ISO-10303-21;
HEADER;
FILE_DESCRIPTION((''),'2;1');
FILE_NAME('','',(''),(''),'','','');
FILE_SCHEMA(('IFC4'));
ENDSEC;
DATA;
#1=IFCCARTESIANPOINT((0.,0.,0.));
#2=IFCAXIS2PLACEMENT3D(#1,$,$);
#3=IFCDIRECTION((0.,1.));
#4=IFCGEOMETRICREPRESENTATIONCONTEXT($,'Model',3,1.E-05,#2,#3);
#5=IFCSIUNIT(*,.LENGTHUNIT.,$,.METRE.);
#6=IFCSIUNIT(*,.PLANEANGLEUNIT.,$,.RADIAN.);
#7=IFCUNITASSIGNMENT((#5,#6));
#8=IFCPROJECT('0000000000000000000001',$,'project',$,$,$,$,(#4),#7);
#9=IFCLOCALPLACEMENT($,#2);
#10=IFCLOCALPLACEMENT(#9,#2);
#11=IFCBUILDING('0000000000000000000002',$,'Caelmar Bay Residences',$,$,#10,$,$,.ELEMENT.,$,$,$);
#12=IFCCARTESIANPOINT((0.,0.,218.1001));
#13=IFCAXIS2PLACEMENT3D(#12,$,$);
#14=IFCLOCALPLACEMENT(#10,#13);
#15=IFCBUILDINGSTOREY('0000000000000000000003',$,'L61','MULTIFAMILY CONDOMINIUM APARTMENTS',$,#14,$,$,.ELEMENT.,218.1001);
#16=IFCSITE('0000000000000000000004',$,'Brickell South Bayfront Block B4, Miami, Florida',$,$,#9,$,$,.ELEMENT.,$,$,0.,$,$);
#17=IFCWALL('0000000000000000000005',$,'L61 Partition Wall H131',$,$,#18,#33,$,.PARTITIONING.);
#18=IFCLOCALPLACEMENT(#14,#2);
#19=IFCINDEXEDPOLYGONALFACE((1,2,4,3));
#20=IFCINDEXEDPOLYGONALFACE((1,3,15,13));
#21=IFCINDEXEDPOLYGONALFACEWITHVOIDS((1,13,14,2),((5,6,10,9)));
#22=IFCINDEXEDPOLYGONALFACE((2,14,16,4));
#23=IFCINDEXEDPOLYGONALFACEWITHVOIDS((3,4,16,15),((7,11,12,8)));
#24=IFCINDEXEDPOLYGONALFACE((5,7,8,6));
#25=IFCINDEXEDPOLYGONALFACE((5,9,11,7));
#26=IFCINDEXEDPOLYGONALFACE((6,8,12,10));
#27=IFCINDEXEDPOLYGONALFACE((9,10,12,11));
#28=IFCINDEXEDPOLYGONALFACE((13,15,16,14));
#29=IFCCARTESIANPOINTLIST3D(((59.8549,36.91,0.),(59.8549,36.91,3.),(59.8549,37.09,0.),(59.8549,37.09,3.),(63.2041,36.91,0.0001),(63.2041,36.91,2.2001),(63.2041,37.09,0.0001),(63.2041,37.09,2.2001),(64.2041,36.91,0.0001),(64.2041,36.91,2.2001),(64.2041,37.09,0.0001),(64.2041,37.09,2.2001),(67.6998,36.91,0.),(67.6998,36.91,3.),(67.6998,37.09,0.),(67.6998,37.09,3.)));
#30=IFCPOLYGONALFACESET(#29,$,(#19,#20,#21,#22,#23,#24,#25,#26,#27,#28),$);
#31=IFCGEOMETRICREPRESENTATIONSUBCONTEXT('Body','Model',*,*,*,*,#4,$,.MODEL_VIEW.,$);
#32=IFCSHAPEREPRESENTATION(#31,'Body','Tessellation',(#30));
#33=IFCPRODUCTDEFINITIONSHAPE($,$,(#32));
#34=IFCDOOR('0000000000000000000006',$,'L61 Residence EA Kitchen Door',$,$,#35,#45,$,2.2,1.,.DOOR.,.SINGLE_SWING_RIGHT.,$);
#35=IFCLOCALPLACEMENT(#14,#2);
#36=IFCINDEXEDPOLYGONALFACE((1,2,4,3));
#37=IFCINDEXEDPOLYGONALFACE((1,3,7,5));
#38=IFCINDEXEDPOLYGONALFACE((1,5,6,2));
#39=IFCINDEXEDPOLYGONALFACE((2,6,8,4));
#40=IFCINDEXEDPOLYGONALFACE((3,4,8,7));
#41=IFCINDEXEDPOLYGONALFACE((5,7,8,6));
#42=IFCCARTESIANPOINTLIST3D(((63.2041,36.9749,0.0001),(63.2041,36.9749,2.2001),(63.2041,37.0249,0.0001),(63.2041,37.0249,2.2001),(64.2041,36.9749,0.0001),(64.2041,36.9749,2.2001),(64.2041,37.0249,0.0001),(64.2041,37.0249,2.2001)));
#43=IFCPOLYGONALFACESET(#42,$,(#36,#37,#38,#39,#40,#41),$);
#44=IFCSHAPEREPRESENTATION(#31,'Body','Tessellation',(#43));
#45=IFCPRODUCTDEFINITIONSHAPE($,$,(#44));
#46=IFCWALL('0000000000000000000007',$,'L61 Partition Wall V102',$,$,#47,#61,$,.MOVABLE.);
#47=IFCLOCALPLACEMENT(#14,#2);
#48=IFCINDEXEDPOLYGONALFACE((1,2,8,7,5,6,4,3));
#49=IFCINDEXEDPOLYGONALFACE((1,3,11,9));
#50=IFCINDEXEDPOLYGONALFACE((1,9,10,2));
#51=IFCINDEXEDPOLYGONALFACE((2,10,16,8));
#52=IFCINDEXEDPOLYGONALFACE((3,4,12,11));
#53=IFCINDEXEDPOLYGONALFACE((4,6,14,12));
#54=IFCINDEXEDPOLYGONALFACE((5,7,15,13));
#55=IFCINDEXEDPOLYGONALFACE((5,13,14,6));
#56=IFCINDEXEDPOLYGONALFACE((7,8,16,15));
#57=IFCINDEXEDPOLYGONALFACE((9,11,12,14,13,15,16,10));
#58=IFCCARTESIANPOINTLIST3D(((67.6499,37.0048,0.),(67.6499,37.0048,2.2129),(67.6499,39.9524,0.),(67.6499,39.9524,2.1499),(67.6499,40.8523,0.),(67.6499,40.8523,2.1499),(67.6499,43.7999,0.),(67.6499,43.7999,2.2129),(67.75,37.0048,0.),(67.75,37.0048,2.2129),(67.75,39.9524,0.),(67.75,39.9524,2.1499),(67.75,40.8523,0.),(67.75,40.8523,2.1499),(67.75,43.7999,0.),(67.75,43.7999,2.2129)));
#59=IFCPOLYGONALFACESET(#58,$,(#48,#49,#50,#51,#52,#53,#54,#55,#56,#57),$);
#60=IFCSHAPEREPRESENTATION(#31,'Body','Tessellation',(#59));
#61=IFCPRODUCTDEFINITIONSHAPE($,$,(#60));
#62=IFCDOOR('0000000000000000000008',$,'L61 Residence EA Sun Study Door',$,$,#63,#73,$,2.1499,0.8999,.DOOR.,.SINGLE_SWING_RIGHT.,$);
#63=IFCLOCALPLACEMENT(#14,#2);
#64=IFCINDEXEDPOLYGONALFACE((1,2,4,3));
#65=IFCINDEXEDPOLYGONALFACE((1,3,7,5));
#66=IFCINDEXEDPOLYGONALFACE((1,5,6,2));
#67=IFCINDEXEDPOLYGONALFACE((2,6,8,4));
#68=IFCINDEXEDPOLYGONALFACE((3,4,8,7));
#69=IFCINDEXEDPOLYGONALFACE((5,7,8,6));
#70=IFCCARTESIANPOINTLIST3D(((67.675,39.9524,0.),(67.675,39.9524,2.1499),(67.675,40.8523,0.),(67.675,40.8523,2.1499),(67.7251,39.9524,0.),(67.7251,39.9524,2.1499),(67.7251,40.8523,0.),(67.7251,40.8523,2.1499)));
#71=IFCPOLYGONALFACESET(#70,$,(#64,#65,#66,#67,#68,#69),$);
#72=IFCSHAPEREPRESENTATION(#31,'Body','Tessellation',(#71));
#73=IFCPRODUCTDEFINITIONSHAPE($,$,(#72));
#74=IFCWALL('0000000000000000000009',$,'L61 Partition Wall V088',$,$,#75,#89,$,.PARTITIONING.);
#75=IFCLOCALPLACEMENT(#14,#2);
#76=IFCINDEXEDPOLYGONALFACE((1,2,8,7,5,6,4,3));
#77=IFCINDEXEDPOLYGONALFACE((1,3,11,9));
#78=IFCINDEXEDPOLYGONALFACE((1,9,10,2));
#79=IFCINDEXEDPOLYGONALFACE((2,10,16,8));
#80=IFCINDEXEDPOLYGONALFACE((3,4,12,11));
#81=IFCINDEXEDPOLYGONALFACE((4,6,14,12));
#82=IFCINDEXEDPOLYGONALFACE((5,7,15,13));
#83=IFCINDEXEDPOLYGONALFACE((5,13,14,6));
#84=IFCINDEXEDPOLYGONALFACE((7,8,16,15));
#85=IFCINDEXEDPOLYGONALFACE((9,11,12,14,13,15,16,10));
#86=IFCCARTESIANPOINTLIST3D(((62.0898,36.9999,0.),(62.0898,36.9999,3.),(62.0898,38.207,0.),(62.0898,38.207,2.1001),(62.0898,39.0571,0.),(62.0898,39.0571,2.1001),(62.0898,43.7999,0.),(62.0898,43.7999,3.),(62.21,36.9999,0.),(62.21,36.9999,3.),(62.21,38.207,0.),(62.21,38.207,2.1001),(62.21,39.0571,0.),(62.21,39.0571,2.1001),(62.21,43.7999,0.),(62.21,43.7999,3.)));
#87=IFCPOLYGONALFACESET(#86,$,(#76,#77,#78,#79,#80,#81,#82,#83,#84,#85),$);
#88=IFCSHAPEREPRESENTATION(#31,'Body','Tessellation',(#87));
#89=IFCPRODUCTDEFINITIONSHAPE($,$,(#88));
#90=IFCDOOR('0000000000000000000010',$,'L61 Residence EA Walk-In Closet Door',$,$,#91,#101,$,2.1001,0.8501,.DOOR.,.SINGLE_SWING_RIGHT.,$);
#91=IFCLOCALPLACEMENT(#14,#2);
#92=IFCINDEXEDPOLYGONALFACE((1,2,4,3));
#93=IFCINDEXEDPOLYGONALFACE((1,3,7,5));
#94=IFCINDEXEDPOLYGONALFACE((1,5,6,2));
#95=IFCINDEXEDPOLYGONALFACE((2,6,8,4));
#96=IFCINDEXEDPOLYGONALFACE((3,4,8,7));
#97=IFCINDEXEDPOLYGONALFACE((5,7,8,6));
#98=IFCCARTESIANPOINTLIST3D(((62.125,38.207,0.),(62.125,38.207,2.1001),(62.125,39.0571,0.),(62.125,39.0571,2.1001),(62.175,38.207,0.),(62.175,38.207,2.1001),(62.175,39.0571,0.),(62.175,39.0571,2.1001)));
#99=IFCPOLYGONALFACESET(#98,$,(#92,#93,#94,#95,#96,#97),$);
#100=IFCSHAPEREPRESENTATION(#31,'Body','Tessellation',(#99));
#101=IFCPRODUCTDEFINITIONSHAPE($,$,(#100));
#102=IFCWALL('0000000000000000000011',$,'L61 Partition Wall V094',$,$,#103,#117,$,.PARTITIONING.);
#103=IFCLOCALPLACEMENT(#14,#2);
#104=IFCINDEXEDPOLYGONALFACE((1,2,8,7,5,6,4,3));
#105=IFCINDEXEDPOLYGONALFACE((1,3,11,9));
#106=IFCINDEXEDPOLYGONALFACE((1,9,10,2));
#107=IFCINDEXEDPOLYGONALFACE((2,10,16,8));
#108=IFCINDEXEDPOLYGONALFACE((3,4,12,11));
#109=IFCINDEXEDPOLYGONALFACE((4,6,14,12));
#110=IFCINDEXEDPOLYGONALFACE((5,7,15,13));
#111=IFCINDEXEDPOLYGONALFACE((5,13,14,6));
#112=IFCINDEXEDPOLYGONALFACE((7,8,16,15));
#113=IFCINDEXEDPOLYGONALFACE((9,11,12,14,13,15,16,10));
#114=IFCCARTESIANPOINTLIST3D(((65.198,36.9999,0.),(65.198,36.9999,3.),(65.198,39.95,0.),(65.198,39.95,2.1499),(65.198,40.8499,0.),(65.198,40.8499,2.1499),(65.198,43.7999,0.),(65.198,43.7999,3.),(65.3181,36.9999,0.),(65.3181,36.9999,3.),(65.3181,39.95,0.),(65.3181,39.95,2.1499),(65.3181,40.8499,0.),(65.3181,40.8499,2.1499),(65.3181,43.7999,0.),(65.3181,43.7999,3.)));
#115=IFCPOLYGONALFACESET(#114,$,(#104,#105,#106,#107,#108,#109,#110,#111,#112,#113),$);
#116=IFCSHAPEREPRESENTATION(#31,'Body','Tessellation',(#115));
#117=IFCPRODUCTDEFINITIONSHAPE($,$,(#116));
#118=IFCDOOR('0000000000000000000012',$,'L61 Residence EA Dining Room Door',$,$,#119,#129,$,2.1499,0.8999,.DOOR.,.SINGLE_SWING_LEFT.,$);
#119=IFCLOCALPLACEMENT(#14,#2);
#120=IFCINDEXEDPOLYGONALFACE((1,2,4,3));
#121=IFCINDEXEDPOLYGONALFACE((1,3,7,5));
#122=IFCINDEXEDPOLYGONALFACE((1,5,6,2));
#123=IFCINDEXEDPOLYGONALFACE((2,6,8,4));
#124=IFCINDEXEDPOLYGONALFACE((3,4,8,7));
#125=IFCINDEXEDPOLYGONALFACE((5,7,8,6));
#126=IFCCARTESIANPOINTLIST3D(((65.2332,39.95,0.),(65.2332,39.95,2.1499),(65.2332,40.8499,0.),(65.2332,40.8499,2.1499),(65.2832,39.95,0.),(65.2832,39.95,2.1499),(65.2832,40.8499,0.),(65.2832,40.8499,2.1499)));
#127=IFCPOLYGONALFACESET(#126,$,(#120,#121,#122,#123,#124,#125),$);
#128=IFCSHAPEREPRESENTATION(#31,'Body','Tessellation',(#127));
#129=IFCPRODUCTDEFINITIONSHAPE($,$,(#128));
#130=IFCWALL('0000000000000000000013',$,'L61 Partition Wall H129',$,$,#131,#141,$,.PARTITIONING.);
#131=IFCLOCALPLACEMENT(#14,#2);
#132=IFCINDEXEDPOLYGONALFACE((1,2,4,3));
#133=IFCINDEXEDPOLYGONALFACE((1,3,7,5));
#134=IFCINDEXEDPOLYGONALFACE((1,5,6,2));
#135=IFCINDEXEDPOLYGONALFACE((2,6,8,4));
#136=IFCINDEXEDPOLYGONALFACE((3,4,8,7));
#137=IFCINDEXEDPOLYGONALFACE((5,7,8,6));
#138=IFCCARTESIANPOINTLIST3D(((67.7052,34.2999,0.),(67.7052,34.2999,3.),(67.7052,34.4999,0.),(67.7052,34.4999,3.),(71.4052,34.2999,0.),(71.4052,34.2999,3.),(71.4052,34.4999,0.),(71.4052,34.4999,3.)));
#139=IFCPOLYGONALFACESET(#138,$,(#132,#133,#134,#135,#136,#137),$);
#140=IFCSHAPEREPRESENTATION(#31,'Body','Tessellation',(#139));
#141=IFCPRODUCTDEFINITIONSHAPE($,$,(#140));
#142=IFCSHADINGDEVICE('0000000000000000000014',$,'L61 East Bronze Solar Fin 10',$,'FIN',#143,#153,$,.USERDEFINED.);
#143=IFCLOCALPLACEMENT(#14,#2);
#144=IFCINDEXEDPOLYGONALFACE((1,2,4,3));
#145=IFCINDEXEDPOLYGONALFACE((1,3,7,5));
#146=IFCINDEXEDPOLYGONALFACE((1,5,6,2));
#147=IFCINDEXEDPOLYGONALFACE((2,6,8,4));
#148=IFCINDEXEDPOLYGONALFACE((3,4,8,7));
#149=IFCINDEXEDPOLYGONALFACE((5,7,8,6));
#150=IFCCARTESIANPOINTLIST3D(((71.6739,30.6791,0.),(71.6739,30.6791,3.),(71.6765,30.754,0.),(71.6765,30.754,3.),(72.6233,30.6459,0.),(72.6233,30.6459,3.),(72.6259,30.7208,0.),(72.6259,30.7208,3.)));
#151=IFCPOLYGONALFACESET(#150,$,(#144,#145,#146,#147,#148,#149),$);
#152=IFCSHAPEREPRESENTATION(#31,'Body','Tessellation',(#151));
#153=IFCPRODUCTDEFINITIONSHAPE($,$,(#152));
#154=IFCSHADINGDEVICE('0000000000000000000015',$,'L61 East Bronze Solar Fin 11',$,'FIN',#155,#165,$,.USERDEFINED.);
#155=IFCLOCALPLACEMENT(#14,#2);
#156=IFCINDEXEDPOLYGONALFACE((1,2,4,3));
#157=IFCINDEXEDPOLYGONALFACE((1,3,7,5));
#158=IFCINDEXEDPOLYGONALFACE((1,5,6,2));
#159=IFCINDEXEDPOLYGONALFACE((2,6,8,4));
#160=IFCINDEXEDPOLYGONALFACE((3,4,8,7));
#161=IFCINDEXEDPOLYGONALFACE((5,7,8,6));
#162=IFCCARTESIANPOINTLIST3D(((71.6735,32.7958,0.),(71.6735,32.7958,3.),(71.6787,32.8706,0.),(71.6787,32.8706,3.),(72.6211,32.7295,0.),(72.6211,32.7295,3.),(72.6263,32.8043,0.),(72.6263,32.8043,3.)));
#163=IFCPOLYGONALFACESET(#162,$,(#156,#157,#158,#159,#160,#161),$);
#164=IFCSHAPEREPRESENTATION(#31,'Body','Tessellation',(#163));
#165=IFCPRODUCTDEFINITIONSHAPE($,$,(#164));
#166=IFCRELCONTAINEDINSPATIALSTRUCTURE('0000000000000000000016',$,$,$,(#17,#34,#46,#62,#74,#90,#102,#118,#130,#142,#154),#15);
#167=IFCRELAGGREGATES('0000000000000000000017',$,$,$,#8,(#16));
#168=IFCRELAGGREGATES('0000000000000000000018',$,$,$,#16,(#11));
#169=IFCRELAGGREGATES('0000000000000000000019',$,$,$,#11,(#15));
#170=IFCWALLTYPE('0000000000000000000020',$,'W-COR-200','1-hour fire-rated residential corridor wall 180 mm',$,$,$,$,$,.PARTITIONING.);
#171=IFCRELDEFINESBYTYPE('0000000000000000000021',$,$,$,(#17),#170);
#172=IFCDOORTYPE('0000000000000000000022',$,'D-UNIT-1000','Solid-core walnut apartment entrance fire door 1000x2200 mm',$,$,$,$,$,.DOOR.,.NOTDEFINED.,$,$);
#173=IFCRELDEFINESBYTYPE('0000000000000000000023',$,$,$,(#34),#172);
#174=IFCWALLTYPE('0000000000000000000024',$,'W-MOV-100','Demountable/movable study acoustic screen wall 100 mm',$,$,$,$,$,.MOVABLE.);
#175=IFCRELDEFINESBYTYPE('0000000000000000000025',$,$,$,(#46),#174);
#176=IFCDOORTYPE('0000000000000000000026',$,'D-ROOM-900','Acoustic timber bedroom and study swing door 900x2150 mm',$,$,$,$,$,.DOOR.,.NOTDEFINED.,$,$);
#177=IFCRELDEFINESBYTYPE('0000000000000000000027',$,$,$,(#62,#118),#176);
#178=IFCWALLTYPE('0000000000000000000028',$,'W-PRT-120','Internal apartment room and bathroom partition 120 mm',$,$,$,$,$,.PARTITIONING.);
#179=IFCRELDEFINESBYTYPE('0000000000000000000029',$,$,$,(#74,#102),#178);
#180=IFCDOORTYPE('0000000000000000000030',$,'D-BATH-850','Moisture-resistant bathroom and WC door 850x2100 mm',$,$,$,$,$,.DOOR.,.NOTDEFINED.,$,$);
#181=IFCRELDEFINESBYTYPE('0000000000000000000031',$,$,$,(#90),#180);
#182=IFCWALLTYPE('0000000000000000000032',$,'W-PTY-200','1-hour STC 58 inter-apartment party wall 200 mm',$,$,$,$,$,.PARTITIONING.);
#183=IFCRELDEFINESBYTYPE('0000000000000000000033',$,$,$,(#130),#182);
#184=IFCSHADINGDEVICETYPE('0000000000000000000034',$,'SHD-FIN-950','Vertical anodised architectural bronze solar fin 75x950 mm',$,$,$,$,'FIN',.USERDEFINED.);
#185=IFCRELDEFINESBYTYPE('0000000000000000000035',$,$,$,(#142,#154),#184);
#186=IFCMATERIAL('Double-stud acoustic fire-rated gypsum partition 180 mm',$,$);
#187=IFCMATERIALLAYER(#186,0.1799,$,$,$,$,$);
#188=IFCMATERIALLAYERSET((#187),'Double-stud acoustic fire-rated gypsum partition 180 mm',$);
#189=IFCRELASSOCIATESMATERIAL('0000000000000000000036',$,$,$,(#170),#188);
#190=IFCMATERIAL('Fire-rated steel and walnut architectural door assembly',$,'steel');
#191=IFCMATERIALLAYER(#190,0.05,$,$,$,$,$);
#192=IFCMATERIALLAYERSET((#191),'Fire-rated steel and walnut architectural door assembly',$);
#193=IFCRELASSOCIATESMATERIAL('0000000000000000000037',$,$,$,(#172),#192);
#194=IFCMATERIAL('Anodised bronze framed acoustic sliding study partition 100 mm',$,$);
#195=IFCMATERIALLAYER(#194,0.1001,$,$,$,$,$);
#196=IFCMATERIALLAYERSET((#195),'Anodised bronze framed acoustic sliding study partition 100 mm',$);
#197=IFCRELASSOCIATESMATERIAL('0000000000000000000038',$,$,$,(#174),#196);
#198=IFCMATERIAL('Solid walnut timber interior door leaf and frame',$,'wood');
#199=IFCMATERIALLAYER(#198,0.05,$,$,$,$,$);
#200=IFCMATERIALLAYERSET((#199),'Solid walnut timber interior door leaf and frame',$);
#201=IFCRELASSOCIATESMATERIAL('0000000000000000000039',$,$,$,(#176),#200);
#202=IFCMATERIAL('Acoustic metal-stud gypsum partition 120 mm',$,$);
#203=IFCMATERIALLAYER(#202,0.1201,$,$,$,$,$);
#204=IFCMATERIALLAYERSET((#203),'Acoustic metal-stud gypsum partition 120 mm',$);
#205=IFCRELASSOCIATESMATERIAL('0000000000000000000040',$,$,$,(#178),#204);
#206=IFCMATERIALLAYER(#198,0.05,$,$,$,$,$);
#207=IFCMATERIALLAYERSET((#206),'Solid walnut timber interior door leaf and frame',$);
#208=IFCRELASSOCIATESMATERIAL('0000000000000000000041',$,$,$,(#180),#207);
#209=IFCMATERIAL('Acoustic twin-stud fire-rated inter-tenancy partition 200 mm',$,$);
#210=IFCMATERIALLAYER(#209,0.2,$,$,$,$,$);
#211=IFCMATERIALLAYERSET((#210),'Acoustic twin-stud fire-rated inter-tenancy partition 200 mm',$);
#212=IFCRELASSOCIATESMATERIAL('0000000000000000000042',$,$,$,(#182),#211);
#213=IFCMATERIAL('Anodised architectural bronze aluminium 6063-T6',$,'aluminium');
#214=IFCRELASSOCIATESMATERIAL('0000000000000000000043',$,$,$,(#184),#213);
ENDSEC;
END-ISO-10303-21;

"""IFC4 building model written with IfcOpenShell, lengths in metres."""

from ifc_helpers import new_model, si_unit, direction, frame, frame_2d, origin, origin_2d, place, context, subcontext, project, spatial, rectangle, extrude, material, layer, layer_set, material_profile, profile_set, type_object, element, fill, save


model = new_model("IFC4")

# Units and contexts
model_context = context("Model", 3, precision=1e-05, world=origin(), true_north=direction((0.0, 1.0)))
body_context = subcontext(model_context, "Body", "Model", "MODEL_VIEW")
ifc_project = project(units=[si_unit("LENGTHUNIT", "METRE"), si_unit("PLANEANGLEUNIT", "RADIAN")], contexts=[model_context])

# Site, building, storey
site_placement = place(None, origin())
site = spatial("IfcSite", under=ifc_project, at=site_placement, Name="Brickell South Bayfront Block B4, Miami, Florida", CompositionType="ELEMENT", RefElevation=0.0)
building_placement = place(site_placement, origin())
building = spatial("IfcBuilding", under=site, at=building_placement, Name="Caelmar Bay Residences", CompositionType="ELEMENT")
storey_placement = place(building_placement, frame((0.0, 0.0, 218.1001)))
storey = spatial("IfcBuildingStorey", under=building, at=storey_placement, Name="L61", Description="MULTIFAMILY CONDOMINIUM APARTMENTS", CompositionType="ELEMENT", Elevation=218.1001)

# Shared definitions
ifc_material_1 = material(Name="Double-stud acoustic fire-rated gypsum partition 180 mm")
ifc_layer_1 = layer(ifc_material_1, 0.1799)
ifc_layer_set_1 = layer_set([ifc_layer_1], Name="Double-stud acoustic fire-rated gypsum partition 180 mm")
wall_type_1 = type_object("IfcWallType", Name="W-COR-200", Description="1-hour fire-rated residential corridor wall 180 mm", PredefinedType="PARTITIONING", material=ifc_layer_set_1)

# Walls, openings, doors
wall_1_placement = place(storey_placement, frame((59.855, 37.0, 0.0), z_axis=(0.0, 0.0, 1.0), x_axis=(1.0, 0.0, 0.0)))
wall_1 = element("IfcWall", 1, at=wall_1_placement, inside=storey, type_object=wall_type_1, Name="L61 Partition Wall H131", PredefinedType="PARTITIONING", context=body_context, shape_type="SweptSolid", body=[
    extrude(rectangle(XDim=7.845, YDim=0.1799, at=frame_2d((3.9224, 0.0))), origin(), (0.0, 0.0, 1.0), 3.0),
])
opening_1_placement = place(wall_1_placement, frame((3.3491, 0.0, 0.0)))
opening_1 = element("IfcOpeningElement", 2, at=opening_1_placement, cuts=wall_1, PredefinedType="OPENING", context=body_context, shape_type="SweptSolid", body=[
    extrude(rectangle(XDim=1.0, YDim=2.2, at=frame_2d((0.5, 1.1001))), frame((0.0, 0.0999, 0.0), z_axis=(0.0, -1.0, 0.0), x_axis=(1.0, 0.0, 0.0)), (0.0, 0.0, 1.0), 0.2),
])
ifc_material_2 = material(Name="Fire-rated steel and walnut architectural door assembly", Category="steel")
ifc_layer_2 = layer(ifc_material_2, 0.05)
ifc_layer_set_2 = layer_set([ifc_layer_2], Name="Fire-rated steel and walnut architectural door assembly")
door_type_1 = type_object("IfcDoorType", Name="D-UNIT-1000", Description="Solid-core walnut apartment entrance fire door 1000x2200 mm", OperationType="NOTDEFINED", PredefinedType="DOOR", material=ifc_layer_set_2)
door_1_placement = place(opening_1_placement, origin())
door_1 = element("IfcDoor", 3, at=door_1_placement, inside=storey, type_object=door_type_1, Name="L61 Residence EA Kitchen Door", OperationType="SINGLE_SWING_RIGHT", OverallHeight=2.2, OverallWidth=1.0, PredefinedType="DOOR", context=body_context, shape_type="SweptSolid", body=[
    extrude(rectangle(XDim=1.0, YDim=2.2, at=frame_2d((0.5, 1.1001))), frame((0.0, 0.0249, 0.0), z_axis=(0.0, -1.0, 0.0), x_axis=(1.0, 0.0, 0.0)), (0.0, 0.0, 1.0), 0.05),
])
fill(opening_1, door_1)
ifc_material_3 = material(Name="Anodised bronze framed acoustic sliding study partition 100 mm")
ifc_layer_3 = layer(ifc_material_3, 0.1001)
ifc_layer_set_3 = layer_set([ifc_layer_3], Name="Anodised bronze framed acoustic sliding study partition 100 mm")
wall_type_2 = type_object("IfcWallType", Name="W-MOV-100", Description="Demountable/movable study acoustic screen wall 100 mm", PredefinedType="MOVABLE", material=ifc_layer_set_3)
wall_2_placement = place(storey_placement, frame((67.7, 37.0049, 0.0), z_axis=(0.0, 0.0, 1.0), x_axis=(0.0, 1.0, 0.0)))
wall_2 = element("IfcWall", 4, at=wall_2_placement, inside=storey, type_object=wall_type_2, Name="L61 Partition Wall V102", PredefinedType="MOVABLE", context=body_context, shape_type="SweptSolid", body=[
    extrude(rectangle(XDim=6.7952, YDim=0.1001, at=frame_2d((3.3975, 0.0))), origin(), (0.0, 0.0, 1.0), 2.2129),
])
opening_2_placement = place(wall_2_placement, frame((2.9475, 0.0, 0.0)))
opening_2 = element("IfcOpeningElement", 5, at=opening_2_placement, cuts=wall_2, PredefinedType="OPENING", context=body_context, shape_type="SweptSolid", body=[
    extrude(rectangle(XDim=0.8999, YDim=2.1499, at=frame_2d((0.45, 1.075))), frame((0.0, 0.0601, 0.0), z_axis=(0.0, -1.0, 0.0), x_axis=(1.0, 0.0, 0.0)), (0.0, 0.0, 1.0), 0.1201),
])
ifc_material_4 = material(Name="Solid walnut timber interior door leaf and frame", Category="wood")
ifc_layer_4 = layer(ifc_material_4, 0.05)
ifc_layer_set_4 = layer_set([ifc_layer_4], Name="Solid walnut timber interior door leaf and frame")
door_type_2 = type_object("IfcDoorType", Name="D-ROOM-900", Description="Acoustic timber bedroom and study swing door 900x2150 mm", OperationType="NOTDEFINED", PredefinedType="DOOR", material=ifc_layer_set_4)
door_2_placement = place(opening_2_placement, origin())
door_2 = element("IfcDoor", 6, at=door_2_placement, inside=storey, type_object=door_type_2, Name="L61 Residence EA Sun Study Door", OperationType="SINGLE_SWING_RIGHT", OverallHeight=2.1499, OverallWidth=0.8999, PredefinedType="DOOR", context=body_context, shape_type="SweptSolid", body=[
    extrude(rectangle(XDim=0.8999, YDim=2.1499, at=frame_2d((0.45, 1.075))), frame((0.0, 0.0249, 0.0), z_axis=(0.0, -1.0, 0.0), x_axis=(1.0, 0.0, 0.0)), (0.0, 0.0, 1.0), 0.05),
])
fill(opening_2, door_2)
ifc_material_5 = material(Name="Acoustic metal-stud gypsum partition 120 mm")
ifc_layer_5 = layer(ifc_material_5, 0.1201)
ifc_layer_set_5 = layer_set([ifc_layer_5], Name="Acoustic metal-stud gypsum partition 120 mm")
wall_type_3 = type_object("IfcWallType", Name="W-PRT-120", Description="Internal apartment room and bathroom partition 120 mm", PredefinedType="PARTITIONING", material=ifc_layer_set_5)
wall_3_placement = place(storey_placement, frame((62.1499, 37.0, 0.0), z_axis=(0.0, 0.0, 1.0), x_axis=(0.0, 1.0, 0.0)))
wall_3 = element("IfcWall", 7, at=wall_3_placement, inside=storey, type_object=wall_type_3, Name="L61 Partition Wall V088", PredefinedType="PARTITIONING", context=body_context, shape_type="SweptSolid", body=[
    extrude(rectangle(XDim=6.8, YDim=0.1201, at=frame_2d((3.3999, 0.0))), origin(), (0.0, 0.0, 1.0), 3.0),
])
opening_3_placement = place(wall_3_placement, frame((1.207, 0.0, 0.0)))
opening_3 = element("IfcOpeningElement", 8, at=opening_3_placement, cuts=wall_3, PredefinedType="OPENING", context=body_context, shape_type="SweptSolid", body=[
    extrude(rectangle(XDim=0.8501, YDim=2.1001, at=frame_2d((0.425, 1.05))), frame((0.0, 0.0701, 0.0), z_axis=(0.0, -1.0, 0.0), x_axis=(1.0, 0.0, 0.0)), (0.0, 0.0, 1.0), 0.1401),
])
ifc_layer_6 = layer(ifc_material_4, 0.05)
ifc_layer_set_6 = layer_set([ifc_layer_6], Name="Solid walnut timber interior door leaf and frame")
door_type_3 = type_object("IfcDoorType", Name="D-BATH-850", Description="Moisture-resistant bathroom and WC door 850x2100 mm", OperationType="NOTDEFINED", PredefinedType="DOOR", material=ifc_layer_set_6)
door_3_placement = place(opening_3_placement, origin())
door_3 = element("IfcDoor", 9, at=door_3_placement, inside=storey, type_object=door_type_3, Name="L61 Residence EA Walk-In Closet Door", OperationType="SINGLE_SWING_RIGHT", OverallHeight=2.1001, OverallWidth=0.8501, PredefinedType="DOOR", context=body_context, shape_type="SweptSolid", body=[
    extrude(rectangle(XDim=0.8501, YDim=2.1001, at=frame_2d((0.425, 1.05))), frame((0.0, 0.0249, 0.0), z_axis=(0.0, -1.0, 0.0), x_axis=(1.0, 0.0, 0.0)), (0.0, 0.0, 1.0), 0.05),
])
fill(opening_3, door_3)
wall_4_placement = place(storey_placement, frame((65.2581, 37.0, 0.0), z_axis=(0.0, 0.0, 1.0), x_axis=(0.0, 1.0, 0.0)))
wall_4 = element("IfcWall", 10, at=wall_4_placement, inside=storey, type_object=wall_type_3, Name="L61 Partition Wall V094", PredefinedType="PARTITIONING", context=body_context, shape_type="SweptSolid", body=[
    extrude(rectangle(XDim=6.8, YDim=0.1201, at=frame_2d((3.3999, 0.0))), origin(), (0.0, 0.0, 1.0), 3.0),
])
opening_4_placement = place(wall_4_placement, frame((2.95, 0.0, 0.0)))
opening_4 = element("IfcOpeningElement", 11, at=opening_4_placement, cuts=wall_4, PredefinedType="OPENING", context=body_context, shape_type="SweptSolid", body=[
    extrude(rectangle(XDim=0.8999, YDim=2.1499, at=frame_2d((0.45, 1.075))), frame((0.0, 0.0701, 0.0), z_axis=(0.0, -1.0, 0.0), x_axis=(1.0, 0.0, 0.0)), (0.0, 0.0, 1.0), 0.1401),
])
door_4_placement = place(opening_4_placement, origin())
door_4 = element("IfcDoor", 12, at=door_4_placement, inside=storey, type_object=door_type_2, Name="L61 Residence EA Dining Room Door", OperationType="SINGLE_SWING_LEFT", OverallHeight=2.1499, OverallWidth=0.8999, PredefinedType="DOOR", context=body_context, shape_type="SweptSolid", body=[
    extrude(rectangle(XDim=0.8999, YDim=2.1499, at=frame_2d((0.45, 1.075))), frame((0.0, 0.0249, 0.0), z_axis=(0.0, -1.0, 0.0), x_axis=(1.0, 0.0, 0.0)), (0.0, 0.0, 1.0), 0.05),
])
fill(opening_4, door_4)

# Wall
ifc_material_6 = material(Name="Acoustic twin-stud fire-rated inter-tenancy partition 200 mm")
ifc_layer_7 = layer(ifc_material_6, 0.2)
ifc_layer_set_7 = layer_set([ifc_layer_7], Name="Acoustic twin-stud fire-rated inter-tenancy partition 200 mm")
wall_type_4 = type_object("IfcWallType", Name="W-PTY-200", Description="1-hour STC 58 inter-apartment party wall 200 mm", PredefinedType="PARTITIONING", material=ifc_layer_set_7)
wall_5_placement = place(storey_placement, frame((67.7051, 34.3999, 0.0), z_axis=(0.0, 0.0, 1.0), x_axis=(1.0, 0.0, 0.0)))
element("IfcWall", 13, at=wall_5_placement, inside=storey, type_object=wall_type_4, Name="L61 Partition Wall H129", PredefinedType="PARTITIONING", context=body_context, shape_type="SweptSolid", body=[
    extrude(rectangle(XDim=3.7, YDim=0.2, at=frame_2d((1.8501, 0.0))), origin(), (0.0, 0.0, 1.0), 3.0),
])

# Shading devices
ifc_material_7 = material(Name="Anodised architectural bronze aluminium 6063-T6", Category="aluminium")
ifc_material_profile_1 = material_profile(ifc_material_7, rectangle(XDim=0.075, YDim=0.95, at=origin_2d()), Name="BRONZE-FIN-75X950")
ifc_profile_set_1 = profile_set([ifc_material_profile_1], Name="Anodised architectural bronze aluminium 6063-T6")
shading_device_type = type_object("IfcShadingDeviceType", Name="SHD-FIN-950", Description="Vertical anodised architectural bronze solar fin 75x950 mm", ElementType="FIN", PredefinedType="USERDEFINED", material=ifc_profile_set_1)
for number, where, z_axis, x_axis, name in (
    (14, (72.1499, 30.7, 0.0), (0.0, 0.0, 1.0), (0.034899, 0.999391, 0.0), "L61 East Bronze Solar Fin 10"),
    (15, (72.1499, 32.8, 0.0), (0.0, 0.0, 1.0), (0.069756, 0.997564, 0.0), "L61 East Bronze Solar Fin 11"),
):
    element("IfcShadingDevice", number, at=place(storey_placement, frame(where, z_axis=z_axis, x_axis=x_axis)), inside=storey, type_object=shading_device_type, Name=name, ObjectType="FIN", PredefinedType="USERDEFINED", context=body_context, shape_type="SweptSolid", body=[
        extrude(rectangle(XDim=0.075, YDim=0.95, at=origin_2d()), origin(), (0.0, 0.0, 1.0), 3.0),
    ])

save(model, "model.ifc")
